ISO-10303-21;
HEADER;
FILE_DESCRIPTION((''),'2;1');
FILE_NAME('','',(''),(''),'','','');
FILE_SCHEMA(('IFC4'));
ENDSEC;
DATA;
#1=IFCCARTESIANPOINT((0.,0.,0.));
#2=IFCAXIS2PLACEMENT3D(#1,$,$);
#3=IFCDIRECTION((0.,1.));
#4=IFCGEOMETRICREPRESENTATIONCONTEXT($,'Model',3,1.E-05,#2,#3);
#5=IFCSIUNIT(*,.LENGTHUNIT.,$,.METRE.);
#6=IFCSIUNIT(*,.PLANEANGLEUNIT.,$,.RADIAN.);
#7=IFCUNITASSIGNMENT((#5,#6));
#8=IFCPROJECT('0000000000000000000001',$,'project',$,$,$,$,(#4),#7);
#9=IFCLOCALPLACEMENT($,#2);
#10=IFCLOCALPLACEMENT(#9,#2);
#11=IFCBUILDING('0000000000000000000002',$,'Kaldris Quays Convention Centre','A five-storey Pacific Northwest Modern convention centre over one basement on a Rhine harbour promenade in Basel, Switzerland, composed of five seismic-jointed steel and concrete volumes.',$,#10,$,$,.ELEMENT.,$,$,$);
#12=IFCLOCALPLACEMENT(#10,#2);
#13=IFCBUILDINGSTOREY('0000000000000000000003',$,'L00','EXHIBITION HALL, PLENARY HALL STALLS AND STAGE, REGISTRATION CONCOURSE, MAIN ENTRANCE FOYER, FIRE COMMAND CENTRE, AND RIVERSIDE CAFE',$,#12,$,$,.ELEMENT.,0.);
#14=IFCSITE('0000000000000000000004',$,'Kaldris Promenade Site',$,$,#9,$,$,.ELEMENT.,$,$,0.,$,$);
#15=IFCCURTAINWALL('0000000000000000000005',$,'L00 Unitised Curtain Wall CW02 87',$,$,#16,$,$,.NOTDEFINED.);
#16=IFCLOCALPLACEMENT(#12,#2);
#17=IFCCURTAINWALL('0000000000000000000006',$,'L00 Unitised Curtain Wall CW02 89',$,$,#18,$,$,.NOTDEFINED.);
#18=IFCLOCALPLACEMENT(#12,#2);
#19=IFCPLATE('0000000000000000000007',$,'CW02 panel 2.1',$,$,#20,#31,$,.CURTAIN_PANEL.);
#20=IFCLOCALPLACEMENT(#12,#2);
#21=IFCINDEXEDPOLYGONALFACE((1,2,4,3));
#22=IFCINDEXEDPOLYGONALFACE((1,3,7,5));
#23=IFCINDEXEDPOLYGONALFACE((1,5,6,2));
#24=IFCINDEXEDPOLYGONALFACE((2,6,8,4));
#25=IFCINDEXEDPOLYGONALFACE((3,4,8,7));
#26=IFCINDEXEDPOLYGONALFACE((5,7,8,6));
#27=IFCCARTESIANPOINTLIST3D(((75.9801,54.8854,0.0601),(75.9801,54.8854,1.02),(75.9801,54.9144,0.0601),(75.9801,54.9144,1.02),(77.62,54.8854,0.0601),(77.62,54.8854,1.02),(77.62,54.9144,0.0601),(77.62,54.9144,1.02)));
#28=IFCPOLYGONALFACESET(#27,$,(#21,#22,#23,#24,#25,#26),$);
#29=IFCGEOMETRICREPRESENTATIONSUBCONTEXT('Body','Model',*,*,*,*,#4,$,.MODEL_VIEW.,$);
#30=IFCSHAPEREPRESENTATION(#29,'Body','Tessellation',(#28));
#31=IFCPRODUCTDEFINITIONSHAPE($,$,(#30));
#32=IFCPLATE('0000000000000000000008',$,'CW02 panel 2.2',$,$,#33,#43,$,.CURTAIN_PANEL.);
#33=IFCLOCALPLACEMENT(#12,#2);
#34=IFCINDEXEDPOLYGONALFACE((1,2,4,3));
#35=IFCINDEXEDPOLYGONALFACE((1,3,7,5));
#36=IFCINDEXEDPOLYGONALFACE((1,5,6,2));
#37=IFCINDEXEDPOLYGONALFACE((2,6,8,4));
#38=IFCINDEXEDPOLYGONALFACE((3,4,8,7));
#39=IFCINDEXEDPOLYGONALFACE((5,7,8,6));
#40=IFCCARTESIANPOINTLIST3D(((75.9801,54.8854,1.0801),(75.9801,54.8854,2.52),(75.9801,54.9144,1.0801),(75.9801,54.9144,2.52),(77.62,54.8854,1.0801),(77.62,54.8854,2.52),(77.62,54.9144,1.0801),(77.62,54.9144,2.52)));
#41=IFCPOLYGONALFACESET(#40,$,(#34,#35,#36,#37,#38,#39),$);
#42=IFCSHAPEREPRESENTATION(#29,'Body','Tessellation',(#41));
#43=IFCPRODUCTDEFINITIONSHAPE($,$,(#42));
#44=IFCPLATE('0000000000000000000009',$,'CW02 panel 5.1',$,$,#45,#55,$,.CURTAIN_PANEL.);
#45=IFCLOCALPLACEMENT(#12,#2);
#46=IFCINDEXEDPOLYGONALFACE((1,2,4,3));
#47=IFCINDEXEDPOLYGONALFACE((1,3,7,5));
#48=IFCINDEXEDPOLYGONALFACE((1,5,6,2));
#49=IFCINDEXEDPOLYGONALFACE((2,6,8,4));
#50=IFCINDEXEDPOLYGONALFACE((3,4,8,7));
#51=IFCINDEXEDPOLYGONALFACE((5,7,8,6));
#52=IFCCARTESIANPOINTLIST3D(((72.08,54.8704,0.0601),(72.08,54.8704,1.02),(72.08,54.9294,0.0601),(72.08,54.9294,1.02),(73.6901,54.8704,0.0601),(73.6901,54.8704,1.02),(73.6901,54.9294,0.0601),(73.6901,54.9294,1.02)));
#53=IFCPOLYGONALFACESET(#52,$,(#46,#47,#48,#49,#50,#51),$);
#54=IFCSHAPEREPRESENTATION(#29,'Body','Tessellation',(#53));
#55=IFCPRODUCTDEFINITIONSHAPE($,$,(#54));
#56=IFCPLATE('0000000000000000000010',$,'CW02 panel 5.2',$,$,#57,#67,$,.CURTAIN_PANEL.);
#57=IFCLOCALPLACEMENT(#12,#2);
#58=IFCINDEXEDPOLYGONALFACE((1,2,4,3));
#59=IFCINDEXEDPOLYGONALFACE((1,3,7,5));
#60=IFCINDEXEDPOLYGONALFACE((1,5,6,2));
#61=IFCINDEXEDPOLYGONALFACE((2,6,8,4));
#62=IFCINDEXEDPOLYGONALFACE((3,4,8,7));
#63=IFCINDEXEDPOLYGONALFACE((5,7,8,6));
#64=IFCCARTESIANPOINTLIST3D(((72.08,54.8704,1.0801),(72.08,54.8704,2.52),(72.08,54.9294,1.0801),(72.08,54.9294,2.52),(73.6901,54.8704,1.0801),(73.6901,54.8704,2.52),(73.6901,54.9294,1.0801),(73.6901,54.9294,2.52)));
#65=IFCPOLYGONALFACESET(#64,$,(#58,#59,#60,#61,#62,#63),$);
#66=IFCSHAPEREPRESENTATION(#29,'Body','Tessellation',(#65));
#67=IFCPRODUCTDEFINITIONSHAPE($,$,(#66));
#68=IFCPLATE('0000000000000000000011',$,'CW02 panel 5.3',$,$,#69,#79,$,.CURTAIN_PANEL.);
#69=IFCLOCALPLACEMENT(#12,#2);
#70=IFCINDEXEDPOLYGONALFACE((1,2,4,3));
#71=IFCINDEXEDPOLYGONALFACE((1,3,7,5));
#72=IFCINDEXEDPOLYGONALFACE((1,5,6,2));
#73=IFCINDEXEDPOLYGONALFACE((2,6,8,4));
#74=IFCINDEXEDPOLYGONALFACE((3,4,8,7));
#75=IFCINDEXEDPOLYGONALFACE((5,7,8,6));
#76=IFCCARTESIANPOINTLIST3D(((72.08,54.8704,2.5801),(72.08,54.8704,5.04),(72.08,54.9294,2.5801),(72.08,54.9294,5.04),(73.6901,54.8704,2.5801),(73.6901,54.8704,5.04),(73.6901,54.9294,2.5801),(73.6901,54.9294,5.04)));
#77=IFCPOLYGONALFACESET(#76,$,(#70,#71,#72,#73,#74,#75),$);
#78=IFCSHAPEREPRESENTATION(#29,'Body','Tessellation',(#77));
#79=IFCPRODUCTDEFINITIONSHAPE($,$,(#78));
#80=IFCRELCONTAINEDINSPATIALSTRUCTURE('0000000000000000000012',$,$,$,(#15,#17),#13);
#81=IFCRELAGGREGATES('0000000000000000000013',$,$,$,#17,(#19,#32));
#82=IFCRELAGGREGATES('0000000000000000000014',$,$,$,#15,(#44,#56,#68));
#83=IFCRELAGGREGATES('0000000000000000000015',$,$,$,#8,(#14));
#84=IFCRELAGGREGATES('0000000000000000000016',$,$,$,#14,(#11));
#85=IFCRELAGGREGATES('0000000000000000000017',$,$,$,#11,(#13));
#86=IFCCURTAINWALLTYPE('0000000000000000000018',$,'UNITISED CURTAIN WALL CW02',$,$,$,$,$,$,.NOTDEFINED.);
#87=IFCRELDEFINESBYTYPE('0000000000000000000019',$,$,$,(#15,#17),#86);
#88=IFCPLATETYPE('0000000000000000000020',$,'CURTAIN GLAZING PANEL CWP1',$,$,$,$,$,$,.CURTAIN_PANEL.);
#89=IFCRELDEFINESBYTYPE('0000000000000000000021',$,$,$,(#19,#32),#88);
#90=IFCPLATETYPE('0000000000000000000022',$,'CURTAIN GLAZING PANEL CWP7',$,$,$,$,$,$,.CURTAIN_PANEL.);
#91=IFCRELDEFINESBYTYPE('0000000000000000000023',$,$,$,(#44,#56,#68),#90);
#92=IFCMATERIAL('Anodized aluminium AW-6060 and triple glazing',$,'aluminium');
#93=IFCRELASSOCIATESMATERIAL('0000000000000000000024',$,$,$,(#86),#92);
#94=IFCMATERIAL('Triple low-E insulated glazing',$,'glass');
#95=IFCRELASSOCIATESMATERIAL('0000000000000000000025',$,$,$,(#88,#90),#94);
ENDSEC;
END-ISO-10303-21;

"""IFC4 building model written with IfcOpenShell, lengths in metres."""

from ifc_helpers import new_model, si_unit, direction, frame, origin, origin_2d, place, context, subcontext, project, spatial, rectangle, extrude, material, type_object, element, aggregate, save


model = new_model("IFC4")

# Units and contexts
model_context = context("Model", 3, precision=1e-05, world=origin(), true_north=direction((0.0, 1.0)))
body_context = subcontext(model_context, "Body", "Model", "MODEL_VIEW")
ifc_project = project(units=[si_unit("LENGTHUNIT", "METRE"), si_unit("PLANEANGLEUNIT", "RADIAN")], contexts=[model_context])

# Site, building, storey
site_placement = place(None, origin())
site = spatial("IfcSite", under=ifc_project, at=site_placement, Name="Kaldris Promenade Site", CompositionType="ELEMENT", RefElevation=0.0)
building_placement = place(site_placement, origin())
building = spatial("IfcBuilding", under=site, at=building_placement, Name="Kaldris Quays Convention Centre", Description="A five-storey Pacific Northwest Modern convention centre over one basement on a Rhine harbour promenade in Basel, Switzerland, composed of five seismic-jointed steel and concrete volumes.", CompositionType="ELEMENT")
storey_placement = place(building_placement, origin())
storey = spatial("IfcBuildingStorey", under=building, at=storey_placement, Name="L00", Description="EXHIBITION HALL, PLENARY HALL STALLS AND STAGE, REGISTRATION CONCOURSE, MAIN ENTRANCE FOYER, FIRE COMMAND CENTRE, AND RIVERSIDE CAFE", CompositionType="ELEMENT", Elevation=0.0)

# Curtain wall
ifc_material_1 = material(Name="Anodized aluminium AW-6060 and triple glazing", Category="aluminium")
curtain_wall_type = type_object("IfcCurtainWallType", Name="UNITISED CURTAIN WALL CW02", PredefinedType="NOTDEFINED", material=ifc_material_1)
curtain_wall_1_placement = place(storey_placement, origin())
curtain_wall_1 = element("IfcCurtainWall", 1, at=curtain_wall_1_placement, inside=storey, type_object=curtain_wall_type, Name="L00 Unitised Curtain Wall CW02 87", PredefinedType="NOTDEFINED")

# Curtain wall
curtain_wall_2_placement = place(storey_placement, origin())
curtain_wall_2 = element("IfcCurtainWall", 2, at=curtain_wall_2_placement, inside=storey, type_object=curtain_wall_type, Name="L00 Unitised Curtain Wall CW02 89", PredefinedType="NOTDEFINED")

# Plates
ifc_material_2 = material(Name="Triple low-E insulated glazing", Category="glass")
plate_type_1 = type_object("IfcPlateType", Name="CURTAIN GLAZING PANEL CWP1", PredefinedType="CURTAIN_PANEL", material=ifc_material_2)
plate_1_placement = place(storey_placement, frame((76.8, 54.8999, 0.0601), z_axis=(0.0, 0.0, 1.0), x_axis=(1.0, 0.0, 0.0)))
plate_1 = element("IfcPlate", 3, at=plate_1_placement, type_object=plate_type_1, Name="CW02 panel 2.1", PredefinedType="CURTAIN_PANEL", context=body_context, shape_type="SweptSolid", body=[
    extrude(rectangle(XDim=1.6399, YDim=0.0291, at=origin_2d()), origin(), (0.0, 0.0, 1.0), 0.96),
])
plate_2_placement = place(storey_placement, frame((76.8, 54.8999, 1.0801), z_axis=(0.0, 0.0, 1.0), x_axis=(1.0, 0.0, 0.0)))
plate_2 = element("IfcPlate", 4, at=plate_2_placement, type_object=plate_type_1, Name="CW02 panel 2.2", PredefinedType="CURTAIN_PANEL", context=body_context, shape_type="SweptSolid", body=[
    extrude(rectangle(XDim=1.6399, YDim=0.0291, at=origin_2d()), origin(), (0.0, 0.0, 1.0), 1.4399),
])
aggregate(curtain_wall_2, [plate_1, plate_2])
plate_type_2 = type_object("IfcPlateType", Name="CURTAIN GLAZING PANEL CWP7", PredefinedType="CURTAIN_PANEL", material=ifc_material_2)
plate_3_placement = place(storey_placement, frame((72.885, 54.8999, 0.0601), z_axis=(0.0, 0.0, 1.0), x_axis=(1.0, 0.0, 0.0)))
plate_3 = element("IfcPlate", 5, at=plate_3_placement, type_object=plate_type_2, Name="CW02 panel 5.1", PredefinedType="CURTAIN_PANEL", context=body_context, shape_type="SweptSolid", body=[
    extrude(rectangle(XDim=1.6101, YDim=0.0591, at=origin_2d()), origin(), (0.0, 0.0, 1.0), 0.96),
])
plate_4_placement = place(storey_placement, frame((72.885, 54.8999, 1.0801), z_axis=(0.0, 0.0, 1.0), x_axis=(1.0, 0.0, 0.0)))
plate_4 = element("IfcPlate", 6, at=plate_4_placement, type_object=plate_type_2, Name="CW02 panel 5.2", PredefinedType="CURTAIN_PANEL", context=body_context, shape_type="SweptSolid", body=[
    extrude(rectangle(XDim=1.6101, YDim=0.0591, at=origin_2d()), origin(), (0.0, 0.0, 1.0), 1.4399),
])
plate_5_placement = place(storey_placement, frame((72.885, 54.8999, 2.5801), z_axis=(0.0, 0.0, 1.0), x_axis=(1.0, 0.0, 0.0)))
plate_5 = element("IfcPlate", 7, at=plate_5_placement, type_object=plate_type_2, Name="CW02 panel 5.3", PredefinedType="CURTAIN_PANEL", context=body_context, shape_type="SweptSolid", body=[
    extrude(rectangle(XDim=1.6101, YDim=0.0591, at=origin_2d()), origin(), (0.0, 0.0, 1.0), 2.46),
])
aggregate(curtain_wall_1, [plate_3, plate_4, plate_5])

save(model, "model.ifc")
